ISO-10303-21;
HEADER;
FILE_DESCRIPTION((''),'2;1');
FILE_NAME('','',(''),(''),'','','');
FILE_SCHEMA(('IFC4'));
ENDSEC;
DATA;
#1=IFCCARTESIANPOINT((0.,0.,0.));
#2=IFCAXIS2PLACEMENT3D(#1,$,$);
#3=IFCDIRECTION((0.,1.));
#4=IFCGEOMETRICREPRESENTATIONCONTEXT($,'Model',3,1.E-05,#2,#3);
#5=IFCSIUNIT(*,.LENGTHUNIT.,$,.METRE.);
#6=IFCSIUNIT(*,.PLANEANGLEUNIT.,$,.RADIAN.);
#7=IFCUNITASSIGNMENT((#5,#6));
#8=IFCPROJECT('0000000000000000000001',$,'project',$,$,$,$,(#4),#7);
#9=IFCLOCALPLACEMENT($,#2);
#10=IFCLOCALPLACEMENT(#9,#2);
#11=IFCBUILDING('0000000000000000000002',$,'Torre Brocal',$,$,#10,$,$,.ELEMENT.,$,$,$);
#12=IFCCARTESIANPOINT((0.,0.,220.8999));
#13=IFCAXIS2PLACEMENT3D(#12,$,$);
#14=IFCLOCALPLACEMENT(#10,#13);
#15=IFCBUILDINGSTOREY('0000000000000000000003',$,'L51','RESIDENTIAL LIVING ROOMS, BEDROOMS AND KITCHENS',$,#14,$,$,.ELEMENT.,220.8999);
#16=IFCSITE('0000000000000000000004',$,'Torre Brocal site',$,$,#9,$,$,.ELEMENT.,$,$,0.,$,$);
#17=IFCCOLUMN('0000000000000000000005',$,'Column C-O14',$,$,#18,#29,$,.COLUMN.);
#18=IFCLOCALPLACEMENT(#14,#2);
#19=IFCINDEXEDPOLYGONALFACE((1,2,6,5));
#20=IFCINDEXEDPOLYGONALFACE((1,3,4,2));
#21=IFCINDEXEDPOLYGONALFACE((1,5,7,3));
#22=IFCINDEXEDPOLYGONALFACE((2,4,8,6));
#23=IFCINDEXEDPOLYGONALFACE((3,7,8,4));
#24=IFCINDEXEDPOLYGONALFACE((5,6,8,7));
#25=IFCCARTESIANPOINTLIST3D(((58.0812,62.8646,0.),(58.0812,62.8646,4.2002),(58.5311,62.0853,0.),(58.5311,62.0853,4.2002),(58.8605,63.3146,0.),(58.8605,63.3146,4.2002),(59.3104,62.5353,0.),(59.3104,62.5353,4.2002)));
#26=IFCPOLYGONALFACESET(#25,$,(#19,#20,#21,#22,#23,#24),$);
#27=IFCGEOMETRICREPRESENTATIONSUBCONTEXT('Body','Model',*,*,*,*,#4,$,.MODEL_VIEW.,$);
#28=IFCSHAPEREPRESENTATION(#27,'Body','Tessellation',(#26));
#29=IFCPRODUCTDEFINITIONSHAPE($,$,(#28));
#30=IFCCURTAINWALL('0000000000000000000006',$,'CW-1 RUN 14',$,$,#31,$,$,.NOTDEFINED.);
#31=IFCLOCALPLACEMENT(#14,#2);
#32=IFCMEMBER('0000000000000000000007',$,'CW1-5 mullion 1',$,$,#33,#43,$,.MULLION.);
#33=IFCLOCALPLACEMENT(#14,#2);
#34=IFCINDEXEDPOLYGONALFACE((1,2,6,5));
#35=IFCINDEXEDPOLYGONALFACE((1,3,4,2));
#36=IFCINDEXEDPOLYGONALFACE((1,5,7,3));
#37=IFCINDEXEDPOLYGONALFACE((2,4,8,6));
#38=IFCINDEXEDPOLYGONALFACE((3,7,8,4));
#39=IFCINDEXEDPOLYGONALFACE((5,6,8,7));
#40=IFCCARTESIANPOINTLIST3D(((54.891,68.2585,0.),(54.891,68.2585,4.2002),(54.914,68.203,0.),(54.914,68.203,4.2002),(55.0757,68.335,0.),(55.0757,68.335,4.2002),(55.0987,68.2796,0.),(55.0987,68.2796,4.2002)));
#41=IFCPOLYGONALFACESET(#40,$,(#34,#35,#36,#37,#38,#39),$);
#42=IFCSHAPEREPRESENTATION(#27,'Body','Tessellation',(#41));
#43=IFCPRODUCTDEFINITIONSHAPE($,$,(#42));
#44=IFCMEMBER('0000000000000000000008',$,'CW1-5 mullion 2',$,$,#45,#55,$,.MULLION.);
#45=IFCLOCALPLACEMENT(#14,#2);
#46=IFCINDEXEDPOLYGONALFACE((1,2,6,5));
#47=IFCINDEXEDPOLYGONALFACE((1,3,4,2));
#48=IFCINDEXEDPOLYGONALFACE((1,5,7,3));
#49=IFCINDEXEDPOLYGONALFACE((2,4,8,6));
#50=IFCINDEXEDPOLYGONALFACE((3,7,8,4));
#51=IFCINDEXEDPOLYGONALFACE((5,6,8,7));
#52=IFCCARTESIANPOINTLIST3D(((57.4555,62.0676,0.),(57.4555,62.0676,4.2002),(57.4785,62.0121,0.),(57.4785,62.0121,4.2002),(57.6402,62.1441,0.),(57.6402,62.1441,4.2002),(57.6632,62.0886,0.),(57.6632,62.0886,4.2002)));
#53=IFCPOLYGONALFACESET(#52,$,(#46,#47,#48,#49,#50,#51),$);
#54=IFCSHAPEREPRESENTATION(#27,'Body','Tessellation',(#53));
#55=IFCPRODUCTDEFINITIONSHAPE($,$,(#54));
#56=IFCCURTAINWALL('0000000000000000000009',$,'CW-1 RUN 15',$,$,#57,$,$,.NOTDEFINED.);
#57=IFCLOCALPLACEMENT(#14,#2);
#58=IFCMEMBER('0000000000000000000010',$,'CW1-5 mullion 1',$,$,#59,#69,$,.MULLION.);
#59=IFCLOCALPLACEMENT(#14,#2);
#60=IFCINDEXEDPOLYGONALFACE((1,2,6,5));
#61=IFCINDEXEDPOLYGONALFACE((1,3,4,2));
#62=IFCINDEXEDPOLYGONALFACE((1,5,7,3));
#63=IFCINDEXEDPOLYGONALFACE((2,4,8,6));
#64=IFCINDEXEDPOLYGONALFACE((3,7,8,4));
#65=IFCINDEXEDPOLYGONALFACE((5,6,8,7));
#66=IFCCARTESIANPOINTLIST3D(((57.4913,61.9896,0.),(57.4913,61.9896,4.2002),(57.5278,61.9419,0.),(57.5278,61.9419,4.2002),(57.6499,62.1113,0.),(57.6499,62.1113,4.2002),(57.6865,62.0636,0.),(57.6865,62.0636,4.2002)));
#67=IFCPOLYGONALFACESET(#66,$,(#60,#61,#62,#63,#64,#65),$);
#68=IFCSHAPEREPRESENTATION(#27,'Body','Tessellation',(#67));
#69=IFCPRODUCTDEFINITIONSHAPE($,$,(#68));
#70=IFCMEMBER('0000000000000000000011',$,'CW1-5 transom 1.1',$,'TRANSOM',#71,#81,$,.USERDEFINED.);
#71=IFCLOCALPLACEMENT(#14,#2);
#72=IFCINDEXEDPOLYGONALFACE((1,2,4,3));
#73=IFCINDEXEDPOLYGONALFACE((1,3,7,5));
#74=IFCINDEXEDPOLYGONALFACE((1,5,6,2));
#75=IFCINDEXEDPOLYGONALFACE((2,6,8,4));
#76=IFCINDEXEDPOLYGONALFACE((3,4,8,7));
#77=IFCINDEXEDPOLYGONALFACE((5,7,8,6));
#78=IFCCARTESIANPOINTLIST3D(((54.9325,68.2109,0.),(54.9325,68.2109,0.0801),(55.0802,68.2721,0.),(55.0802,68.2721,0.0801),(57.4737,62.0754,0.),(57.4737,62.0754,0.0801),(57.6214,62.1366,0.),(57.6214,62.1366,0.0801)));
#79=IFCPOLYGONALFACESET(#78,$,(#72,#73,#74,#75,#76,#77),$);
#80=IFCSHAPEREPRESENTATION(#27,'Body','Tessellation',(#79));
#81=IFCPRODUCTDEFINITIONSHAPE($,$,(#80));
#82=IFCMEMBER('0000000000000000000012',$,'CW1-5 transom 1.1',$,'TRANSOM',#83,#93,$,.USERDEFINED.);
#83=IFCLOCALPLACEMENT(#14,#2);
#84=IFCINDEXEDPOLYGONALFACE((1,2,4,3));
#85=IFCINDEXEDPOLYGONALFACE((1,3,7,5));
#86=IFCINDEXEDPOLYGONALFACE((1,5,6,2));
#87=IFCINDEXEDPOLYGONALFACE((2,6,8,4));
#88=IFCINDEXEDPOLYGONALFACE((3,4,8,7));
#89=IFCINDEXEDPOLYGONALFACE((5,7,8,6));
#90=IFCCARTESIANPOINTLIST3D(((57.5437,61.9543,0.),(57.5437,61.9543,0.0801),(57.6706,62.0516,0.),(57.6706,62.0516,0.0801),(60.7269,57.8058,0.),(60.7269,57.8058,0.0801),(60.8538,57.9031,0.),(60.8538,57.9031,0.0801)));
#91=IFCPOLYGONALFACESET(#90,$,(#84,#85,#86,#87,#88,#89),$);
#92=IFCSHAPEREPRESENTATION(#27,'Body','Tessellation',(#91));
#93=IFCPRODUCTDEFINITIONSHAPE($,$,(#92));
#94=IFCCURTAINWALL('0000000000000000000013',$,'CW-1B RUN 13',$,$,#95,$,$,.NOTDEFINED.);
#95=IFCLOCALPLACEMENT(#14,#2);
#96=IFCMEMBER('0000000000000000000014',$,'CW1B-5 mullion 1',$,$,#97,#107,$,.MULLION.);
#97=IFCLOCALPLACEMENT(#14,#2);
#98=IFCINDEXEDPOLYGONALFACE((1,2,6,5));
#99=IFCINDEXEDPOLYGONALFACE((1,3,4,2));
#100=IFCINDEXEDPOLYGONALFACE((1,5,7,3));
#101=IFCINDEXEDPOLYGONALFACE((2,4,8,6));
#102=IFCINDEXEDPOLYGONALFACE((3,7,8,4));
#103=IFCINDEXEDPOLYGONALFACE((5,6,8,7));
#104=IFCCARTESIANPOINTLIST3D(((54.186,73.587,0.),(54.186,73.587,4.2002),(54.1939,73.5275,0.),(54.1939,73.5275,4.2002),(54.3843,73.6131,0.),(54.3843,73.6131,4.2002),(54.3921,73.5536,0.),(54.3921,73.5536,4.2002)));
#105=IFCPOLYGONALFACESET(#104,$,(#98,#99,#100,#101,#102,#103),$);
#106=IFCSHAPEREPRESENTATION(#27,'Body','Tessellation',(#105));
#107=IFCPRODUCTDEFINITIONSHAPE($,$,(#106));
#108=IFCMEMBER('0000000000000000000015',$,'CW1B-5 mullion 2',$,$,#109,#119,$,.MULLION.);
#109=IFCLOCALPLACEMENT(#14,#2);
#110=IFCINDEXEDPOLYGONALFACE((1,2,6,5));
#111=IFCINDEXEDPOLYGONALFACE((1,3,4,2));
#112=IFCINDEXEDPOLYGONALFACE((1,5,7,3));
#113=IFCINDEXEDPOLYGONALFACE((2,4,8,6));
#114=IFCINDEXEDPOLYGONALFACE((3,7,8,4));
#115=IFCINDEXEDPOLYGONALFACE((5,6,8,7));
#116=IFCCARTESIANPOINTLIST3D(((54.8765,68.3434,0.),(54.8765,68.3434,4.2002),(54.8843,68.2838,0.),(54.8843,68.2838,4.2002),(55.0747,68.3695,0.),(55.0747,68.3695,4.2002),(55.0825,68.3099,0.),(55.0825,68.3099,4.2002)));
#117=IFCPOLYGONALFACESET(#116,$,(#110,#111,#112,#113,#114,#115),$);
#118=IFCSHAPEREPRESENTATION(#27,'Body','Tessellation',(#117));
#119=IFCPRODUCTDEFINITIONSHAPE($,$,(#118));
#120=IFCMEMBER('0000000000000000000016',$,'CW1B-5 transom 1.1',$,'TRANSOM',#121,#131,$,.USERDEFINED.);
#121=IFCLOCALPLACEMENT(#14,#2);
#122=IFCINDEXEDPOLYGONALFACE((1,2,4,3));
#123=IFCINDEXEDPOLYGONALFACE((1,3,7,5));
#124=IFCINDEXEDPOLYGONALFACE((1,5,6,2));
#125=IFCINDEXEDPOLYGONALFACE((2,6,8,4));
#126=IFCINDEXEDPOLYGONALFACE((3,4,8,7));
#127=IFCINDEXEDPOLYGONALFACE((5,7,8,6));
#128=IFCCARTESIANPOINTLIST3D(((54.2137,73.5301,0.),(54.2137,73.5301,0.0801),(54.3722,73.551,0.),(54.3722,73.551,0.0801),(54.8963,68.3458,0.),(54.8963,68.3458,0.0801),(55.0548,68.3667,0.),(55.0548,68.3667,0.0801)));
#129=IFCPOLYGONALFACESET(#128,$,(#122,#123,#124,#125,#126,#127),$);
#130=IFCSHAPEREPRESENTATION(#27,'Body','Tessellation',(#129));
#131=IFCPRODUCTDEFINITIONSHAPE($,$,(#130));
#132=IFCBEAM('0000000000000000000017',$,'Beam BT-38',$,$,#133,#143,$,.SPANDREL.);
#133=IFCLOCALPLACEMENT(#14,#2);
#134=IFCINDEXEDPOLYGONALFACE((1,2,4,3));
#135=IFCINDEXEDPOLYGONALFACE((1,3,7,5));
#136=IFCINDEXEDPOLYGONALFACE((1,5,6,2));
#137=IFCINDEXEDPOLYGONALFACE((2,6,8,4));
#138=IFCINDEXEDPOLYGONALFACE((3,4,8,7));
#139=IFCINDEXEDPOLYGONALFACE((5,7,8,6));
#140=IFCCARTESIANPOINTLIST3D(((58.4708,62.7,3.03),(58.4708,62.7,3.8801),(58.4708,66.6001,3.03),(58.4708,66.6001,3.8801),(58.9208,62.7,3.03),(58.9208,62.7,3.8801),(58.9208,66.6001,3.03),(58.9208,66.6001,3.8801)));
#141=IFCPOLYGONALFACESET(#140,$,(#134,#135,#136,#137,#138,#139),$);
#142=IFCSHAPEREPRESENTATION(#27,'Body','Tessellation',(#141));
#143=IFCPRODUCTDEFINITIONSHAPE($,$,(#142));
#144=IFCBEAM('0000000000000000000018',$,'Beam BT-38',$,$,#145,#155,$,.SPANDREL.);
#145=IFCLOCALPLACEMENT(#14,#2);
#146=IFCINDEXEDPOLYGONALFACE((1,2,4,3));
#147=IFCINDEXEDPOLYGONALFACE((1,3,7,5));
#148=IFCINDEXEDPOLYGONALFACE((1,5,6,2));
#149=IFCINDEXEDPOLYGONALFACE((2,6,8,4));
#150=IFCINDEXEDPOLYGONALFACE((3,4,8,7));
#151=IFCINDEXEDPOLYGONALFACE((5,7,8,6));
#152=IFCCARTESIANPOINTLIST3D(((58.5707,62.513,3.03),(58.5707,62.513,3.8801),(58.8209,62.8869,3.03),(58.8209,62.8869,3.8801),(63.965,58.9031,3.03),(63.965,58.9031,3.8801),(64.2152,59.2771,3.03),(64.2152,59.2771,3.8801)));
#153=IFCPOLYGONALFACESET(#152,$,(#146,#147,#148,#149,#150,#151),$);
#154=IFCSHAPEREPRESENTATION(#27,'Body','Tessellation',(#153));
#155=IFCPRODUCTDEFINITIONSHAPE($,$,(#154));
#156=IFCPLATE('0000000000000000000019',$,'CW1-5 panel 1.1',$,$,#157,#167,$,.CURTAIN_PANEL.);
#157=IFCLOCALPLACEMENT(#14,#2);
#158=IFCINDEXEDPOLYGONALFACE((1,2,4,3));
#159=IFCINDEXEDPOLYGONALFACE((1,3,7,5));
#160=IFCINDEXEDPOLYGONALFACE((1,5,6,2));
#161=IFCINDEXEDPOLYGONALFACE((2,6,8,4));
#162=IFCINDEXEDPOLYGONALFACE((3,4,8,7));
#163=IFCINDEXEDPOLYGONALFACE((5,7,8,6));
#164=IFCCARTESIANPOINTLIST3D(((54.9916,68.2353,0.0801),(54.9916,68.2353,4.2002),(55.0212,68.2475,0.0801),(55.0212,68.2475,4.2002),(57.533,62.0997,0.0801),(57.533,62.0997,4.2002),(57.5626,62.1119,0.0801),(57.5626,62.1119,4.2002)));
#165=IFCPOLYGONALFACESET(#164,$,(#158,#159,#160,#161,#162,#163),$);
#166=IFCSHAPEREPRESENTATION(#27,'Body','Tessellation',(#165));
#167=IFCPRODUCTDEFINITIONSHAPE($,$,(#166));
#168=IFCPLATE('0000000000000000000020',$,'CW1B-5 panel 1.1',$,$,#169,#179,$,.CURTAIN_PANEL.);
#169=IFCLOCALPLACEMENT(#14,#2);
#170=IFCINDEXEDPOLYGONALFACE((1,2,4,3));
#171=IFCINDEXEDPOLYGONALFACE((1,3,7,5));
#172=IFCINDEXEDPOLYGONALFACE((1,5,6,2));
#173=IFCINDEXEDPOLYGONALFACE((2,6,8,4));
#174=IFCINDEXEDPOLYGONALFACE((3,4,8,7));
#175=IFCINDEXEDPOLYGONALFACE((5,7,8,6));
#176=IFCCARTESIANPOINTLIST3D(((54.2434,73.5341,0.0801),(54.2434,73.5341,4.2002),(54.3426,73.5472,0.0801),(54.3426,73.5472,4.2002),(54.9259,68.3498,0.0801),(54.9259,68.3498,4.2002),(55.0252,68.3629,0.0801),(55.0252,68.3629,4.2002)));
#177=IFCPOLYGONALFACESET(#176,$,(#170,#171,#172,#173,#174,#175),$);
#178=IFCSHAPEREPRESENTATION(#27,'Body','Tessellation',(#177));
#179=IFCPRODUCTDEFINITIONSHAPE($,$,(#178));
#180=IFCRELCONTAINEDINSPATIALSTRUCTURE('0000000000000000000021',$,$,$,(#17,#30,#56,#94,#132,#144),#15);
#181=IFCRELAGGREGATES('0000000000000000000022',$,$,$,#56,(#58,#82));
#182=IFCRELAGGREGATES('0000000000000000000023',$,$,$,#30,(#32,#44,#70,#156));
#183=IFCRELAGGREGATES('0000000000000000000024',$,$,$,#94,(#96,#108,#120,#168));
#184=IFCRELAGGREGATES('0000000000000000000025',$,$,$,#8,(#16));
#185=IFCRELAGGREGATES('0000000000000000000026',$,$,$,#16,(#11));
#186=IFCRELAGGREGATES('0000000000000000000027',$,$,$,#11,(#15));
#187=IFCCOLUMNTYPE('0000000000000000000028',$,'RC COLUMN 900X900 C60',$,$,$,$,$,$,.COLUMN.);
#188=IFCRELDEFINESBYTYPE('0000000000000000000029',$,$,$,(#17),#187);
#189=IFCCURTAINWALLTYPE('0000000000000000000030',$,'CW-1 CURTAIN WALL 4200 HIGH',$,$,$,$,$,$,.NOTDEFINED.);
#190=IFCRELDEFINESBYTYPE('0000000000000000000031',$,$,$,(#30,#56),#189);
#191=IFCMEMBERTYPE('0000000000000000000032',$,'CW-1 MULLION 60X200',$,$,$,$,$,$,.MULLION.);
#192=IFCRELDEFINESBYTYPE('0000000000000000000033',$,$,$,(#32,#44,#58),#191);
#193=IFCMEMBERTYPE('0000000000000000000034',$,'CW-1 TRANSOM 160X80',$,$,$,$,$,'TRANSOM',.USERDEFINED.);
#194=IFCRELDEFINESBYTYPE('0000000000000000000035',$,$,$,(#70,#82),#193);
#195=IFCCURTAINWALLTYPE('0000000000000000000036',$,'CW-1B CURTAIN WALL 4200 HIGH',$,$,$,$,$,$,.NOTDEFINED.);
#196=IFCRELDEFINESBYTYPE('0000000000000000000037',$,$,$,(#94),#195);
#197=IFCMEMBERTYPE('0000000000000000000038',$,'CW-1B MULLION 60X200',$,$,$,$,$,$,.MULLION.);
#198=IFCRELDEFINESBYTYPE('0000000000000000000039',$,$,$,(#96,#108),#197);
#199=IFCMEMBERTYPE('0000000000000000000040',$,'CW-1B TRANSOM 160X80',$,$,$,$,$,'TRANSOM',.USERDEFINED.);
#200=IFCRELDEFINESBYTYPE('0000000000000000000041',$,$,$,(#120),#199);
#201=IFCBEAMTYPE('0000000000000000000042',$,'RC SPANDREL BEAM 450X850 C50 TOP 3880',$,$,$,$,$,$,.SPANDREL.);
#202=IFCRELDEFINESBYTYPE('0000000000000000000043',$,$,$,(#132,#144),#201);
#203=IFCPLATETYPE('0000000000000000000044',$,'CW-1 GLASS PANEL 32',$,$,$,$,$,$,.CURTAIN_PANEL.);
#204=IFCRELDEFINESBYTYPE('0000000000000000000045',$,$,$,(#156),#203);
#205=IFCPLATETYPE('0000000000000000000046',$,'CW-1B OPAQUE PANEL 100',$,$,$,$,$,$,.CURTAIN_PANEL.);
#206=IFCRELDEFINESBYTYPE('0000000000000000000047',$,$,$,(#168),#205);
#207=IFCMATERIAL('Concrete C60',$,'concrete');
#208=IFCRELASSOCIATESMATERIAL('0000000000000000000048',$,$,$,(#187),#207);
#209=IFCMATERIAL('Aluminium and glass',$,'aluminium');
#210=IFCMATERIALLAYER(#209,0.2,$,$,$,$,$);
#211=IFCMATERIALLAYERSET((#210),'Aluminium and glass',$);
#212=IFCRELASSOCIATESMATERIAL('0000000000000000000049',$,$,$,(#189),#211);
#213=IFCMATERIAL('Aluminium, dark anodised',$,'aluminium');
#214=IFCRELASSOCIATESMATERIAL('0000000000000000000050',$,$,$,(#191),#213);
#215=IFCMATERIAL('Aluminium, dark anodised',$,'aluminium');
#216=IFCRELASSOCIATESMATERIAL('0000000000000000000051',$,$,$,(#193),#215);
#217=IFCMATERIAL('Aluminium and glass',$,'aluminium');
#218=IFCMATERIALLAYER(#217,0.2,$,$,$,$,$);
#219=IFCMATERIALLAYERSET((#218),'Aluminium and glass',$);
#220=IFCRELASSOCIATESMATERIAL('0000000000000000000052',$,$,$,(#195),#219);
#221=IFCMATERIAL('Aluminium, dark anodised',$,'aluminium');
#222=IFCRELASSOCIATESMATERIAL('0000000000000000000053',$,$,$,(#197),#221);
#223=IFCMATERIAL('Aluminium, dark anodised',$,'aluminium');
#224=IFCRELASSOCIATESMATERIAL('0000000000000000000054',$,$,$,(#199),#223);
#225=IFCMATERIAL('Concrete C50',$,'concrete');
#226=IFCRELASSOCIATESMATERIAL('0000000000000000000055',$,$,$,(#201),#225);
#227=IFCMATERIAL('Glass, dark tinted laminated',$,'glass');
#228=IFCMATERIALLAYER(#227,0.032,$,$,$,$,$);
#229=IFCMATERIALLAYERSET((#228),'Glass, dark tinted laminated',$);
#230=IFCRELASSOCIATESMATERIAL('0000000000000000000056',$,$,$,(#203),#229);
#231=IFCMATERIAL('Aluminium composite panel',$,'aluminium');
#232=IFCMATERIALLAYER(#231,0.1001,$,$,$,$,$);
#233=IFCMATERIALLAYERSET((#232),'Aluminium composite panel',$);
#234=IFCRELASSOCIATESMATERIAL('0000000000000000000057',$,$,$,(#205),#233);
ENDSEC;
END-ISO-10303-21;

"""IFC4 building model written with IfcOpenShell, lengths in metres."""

from ifc_helpers import new_model, si_unit, direction, frame, origin, origin_2d, place, context, subcontext, project, spatial, rectangle, extrude, material, layer, layer_set, material_profile, profile_set, type_object, element, aggregate, save


model = new_model("IFC4")

# Units and contexts
model_context = context("Model", 3, precision=1e-05, world=origin(), true_north=direction((0.0, 1.0)))
body_context = subcontext(model_context, "Body", "Model", "MODEL_VIEW")
ifc_project = project(units=[si_unit("LENGTHUNIT", "METRE"), si_unit("PLANEANGLEUNIT", "RADIAN")], contexts=[model_context])

# Site, building, storey
site_placement = place(None, origin())
site = spatial("IfcSite", under=ifc_project, at=site_placement, Name="Torre Brocal site", CompositionType="ELEMENT", RefElevation=0.0)
building_placement = place(site_placement, origin())
building = spatial("IfcBuilding", under=site, at=building_placement, Name="Torre Brocal", CompositionType="ELEMENT")
storey_placement = place(building_placement, frame((0.0, 0.0, 220.8999)))
storey = spatial("IfcBuildingStorey", under=building, at=storey_placement, Name="L51", Description="RESIDENTIAL LIVING ROOMS, BEDROOMS AND KITCHENS", CompositionType="ELEMENT", Elevation=220.8999)

# Column
ifc_material_1 = material(Name="Concrete C60", Category="concrete")
ifc_material_profile_1 = material_profile(ifc_material_1, rectangle(XDim=0.8999, YDim=0.8999, at=origin_2d()), Name="RC 900X900")
ifc_profile_set_1 = profile_set([ifc_material_profile_1], Name="Concrete C60")
column_type = type_object("IfcColumnType", Name="RC COLUMN 900X900 C60", PredefinedType="COLUMN", material=ifc_profile_set_1)
column_placement = place(storey_placement, frame((58.6958, 62.7, 0.0), z_axis=(0.0, 0.0, 1.0), x_axis=(-0.866025, -0.5, 0.0)))
element("IfcColumn", 1, at=column_placement, inside=storey, type_object=column_type, Name="Column C-O14", PredefinedType="COLUMN", context=body_context, shape_type="SweptSolid", body=[
    extrude(rectangle(XDim=0.8999, YDim=0.8999, at=origin_2d()), origin(), (0.0, 0.0, 1.0), 4.2002),
])

# Curtain wall, members
ifc_material_2 = material(Name="Aluminium and glass", Category="aluminium")
ifc_layer_1 = layer(ifc_material_2, 0.2)
ifc_layer_set_1 = layer_set([ifc_layer_1], Name="Aluminium and glass")
curtain_wall_type_1 = type_object("IfcCurtainWallType", Name="CW-1 CURTAIN WALL 4200 HIGH", PredefinedType="NOTDEFINED", material=ifc_layer_set_1)
curtain_wall_1_placement = place(storey_placement, origin())
curtain_wall_1 = element("IfcCurtainWall", 2, at=curtain_wall_1_placement, inside=storey, type_object=curtain_wall_type_1, Name="CW-1 RUN 14", PredefinedType="NOTDEFINED")
ifc_material_3 = material(Name="Aluminium, dark anodised", Category="aluminium")
ifc_material_profile_2 = material_profile(ifc_material_3, rectangle(XDim=0.2, YDim=0.0601, at=origin_2d()), Name="CW-1 MULLION 60X200")
ifc_profile_set_2 = profile_set([ifc_material_profile_2], Name="Aluminium, dark anodised")
member_type_1 = type_object("IfcMemberType", Name="CW-1 MULLION 60X200", PredefinedType="MULLION", material=ifc_profile_set_2)
member_1_placement = place(storey_placement, frame((54.9949, 68.269, 0.0), z_axis=(0.0, 0.0, 1.0), x_axis=(0.92388, 0.382683, 0.0)))
member_1 = element("IfcMember", 3, at=member_1_placement, type_object=member_type_1, Name="CW1-5 mullion 1", PredefinedType="MULLION", context=body_context, shape_type="SweptSolid", body=[
    extrude(rectangle(XDim=0.2, YDim=0.0601, at=origin_2d()), origin(), (0.0, 0.0, 1.0), 4.2002),
])
member_2_placement = place(storey_placement, frame((57.5593, 62.0781, 0.0), z_axis=(0.0, 0.0, 1.0), x_axis=(0.92388, 0.382683, 0.0)))
member_2 = element("IfcMember", 4, at=member_2_placement, type_object=member_type_1, Name="CW1-5 mullion 2", PredefinedType="MULLION", context=body_context, shape_type="SweptSolid", body=[
    extrude(rectangle(XDim=0.2, YDim=0.0601, at=origin_2d()), origin(), (0.0, 0.0, 1.0), 4.2002),
])

# Curtain wall, member
curtain_wall_2_placement = place(storey_placement, origin())
curtain_wall_2 = element("IfcCurtainWall", 5, at=curtain_wall_2_placement, inside=storey, type_object=curtain_wall_type_1, Name="CW-1 RUN 15", PredefinedType="NOTDEFINED")
member_3_placement = place(storey_placement, frame((57.5889, 62.0266, 0.0), z_axis=(0.0, 0.0, 1.0), x_axis=(0.793353, 0.608761, 0.0)))
member_3 = element("IfcMember", 6, at=member_3_placement, type_object=member_type_1, Name="CW1-5 mullion 1", PredefinedType="MULLION", context=body_context, shape_type="SweptSolid", body=[
    extrude(rectangle(XDim=0.2, YDim=0.0601, at=origin_2d()), origin(), (0.0, 0.0, 1.0), 4.2002),
])

# Members
ifc_material_4 = material(Name="Aluminium, dark anodised", Category="aluminium")
ifc_material_profile_3 = material_profile(ifc_material_4, rectangle(XDim=0.1599, YDim=0.0801, at=origin_2d()), Name="CW-1 TRANSOM 160X80")
ifc_profile_set_3 = profile_set([ifc_material_profile_3], Name="Aluminium, dark anodised")
member_type_2 = type_object("IfcMemberType", Name="CW-1 TRANSOM 160X80", ElementType="TRANSOM", PredefinedType="USERDEFINED", material=ifc_profile_set_3)
member_4_placement = place(storey_placement, frame((55.0063, 68.2415, 0.04), z_axis=(0.382665, -0.923887, 0.0), x_axis=(0.923887, 0.382665, 0.0)))
member_4 = element("IfcMember", 7, at=member_4_placement, type_object=member_type_2, Name="CW1-5 transom 1.1", ObjectType="TRANSOM", PredefinedType="USERDEFINED", context=body_context, shape_type="SweptSolid", body=[
    extrude(rectangle(XDim=0.1599, YDim=0.0801, at=origin_2d()), origin(), (0.0, 0.0, 1.0), 6.6409),
])
member_5_placement = place(storey_placement, frame((57.6072, 62.0029, 0.04), z_axis=(0.608749, -0.793363, 0.0), x_axis=(0.793363, 0.608749, 0.0)))
member_5 = element("IfcMember", 8, at=member_5_placement, type_object=member_type_2, Name="CW1-5 transom 1.1", ObjectType="TRANSOM", PredefinedType="USERDEFINED", context=body_context, shape_type="SweptSolid", body=[
    extrude(rectangle(XDim=0.1599, YDim=0.0801, at=origin_2d()), origin(), (0.0, 0.0, 1.0), 5.229),
])
aggregate(curtain_wall_2, [member_3, member_5])

# Curtain wall, members
ifc_material_5 = material(Name="Aluminium and glass", Category="aluminium")
ifc_layer_2 = layer(ifc_material_5, 0.2)
ifc_layer_set_2 = layer_set([ifc_layer_2], Name="Aluminium and glass")
curtain_wall_type_2 = type_object("IfcCurtainWallType", Name="CW-1B CURTAIN WALL 4200 HIGH", PredefinedType="NOTDEFINED", material=ifc_layer_set_2)
curtain_wall_3_placement = place(storey_placement, origin())
curtain_wall_3 = element("IfcCurtainWall", 9, at=curtain_wall_3_placement, inside=storey, type_object=curtain_wall_type_2, Name="CW-1B RUN 13", PredefinedType="NOTDEFINED")
ifc_material_6 = material(Name="Aluminium, dark anodised", Category="aluminium")
ifc_material_profile_4 = material_profile(ifc_material_6, rectangle(XDim=0.2, YDim=0.0601, at=origin_2d()), Name="CW-1B MULLION 60X200")
ifc_profile_set_4 = profile_set([ifc_material_profile_4], Name="Aluminium, dark anodised")
member_type_3 = type_object("IfcMemberType", Name="CW-1B MULLION 60X200", PredefinedType="MULLION", material=ifc_profile_set_4)
member_6_placement = place(storey_placement, frame((54.2891, 73.5703, 0.0), z_axis=(0.0, 0.0, 1.0), x_axis=(0.991445, 0.130526, 0.0)))
member_6 = element("IfcMember", 10, at=member_6_placement, type_object=member_type_3, Name="CW1B-5 mullion 1", PredefinedType="MULLION", context=body_context, shape_type="SweptSolid", body=[
    extrude(rectangle(XDim=0.2, YDim=0.0601, at=origin_2d()), origin(), (0.0, 0.0, 1.0), 4.2002),
])
member_7_placement = place(storey_placement, frame((54.9795, 68.3267, 0.0), z_axis=(0.0, 0.0, 1.0), x_axis=(0.991445, 0.130526, 0.0)))
member_7 = element("IfcMember", 11, at=member_7_placement, type_object=member_type_3, Name="CW1B-5 mullion 2", PredefinedType="MULLION", context=body_context, shape_type="SweptSolid", body=[
    extrude(rectangle(XDim=0.2, YDim=0.0601, at=origin_2d()), origin(), (0.0, 0.0, 1.0), 4.2002),
])
ifc_material_7 = material(Name="Aluminium, dark anodised", Category="aluminium")
ifc_material_profile_5 = material_profile(ifc_material_7, rectangle(XDim=0.1599, YDim=0.0801, at=origin_2d()), Name="CW-1B TRANSOM 160X80")
ifc_profile_set_5 = profile_set([ifc_material_profile_5], Name="Aluminium, dark anodised")
member_type_4 = type_object("IfcMemberType", Name="CW-1B TRANSOM 160X80", ElementType="TRANSOM", PredefinedType="USERDEFINED", material=ifc_profile_set_5)
member_8_placement = place(storey_placement, frame((54.293, 73.5405, 0.04), z_axis=(0.130543, -0.991443, 0.0), x_axis=(0.991443, 0.130543, 0.0)))
member_8 = element("IfcMember", 12, at=member_8_placement, type_object=member_type_4, Name="CW1B-5 transom 1.1", ObjectType="TRANSOM", PredefinedType="USERDEFINED", context=body_context, shape_type="SweptSolid", body=[
    extrude(rectangle(XDim=0.1599, YDim=0.0801, at=origin_2d()), origin(), (0.0, 0.0, 1.0), 5.229),
])

# Beams
ifc_material_8 = material(Name="Concrete C50", Category="concrete")
ifc_material_profile_6 = material_profile(ifc_material_8, rectangle(XDim=0.45, YDim=0.8501, at=origin_2d()), Name="RC 450X850")
ifc_profile_set_6 = profile_set([ifc_material_profile_6], Name="Concrete C50")
beam_type = type_object("IfcBeamType", Name="RC SPANDREL BEAM 450X850 C50 TOP 3880", PredefinedType="SPANDREL", material=ifc_profile_set_6)
beam_1_placement = place(storey_placement, frame((58.6958, 62.7, 3.4551), z_axis=(0.0, 1.0, 0.0), x_axis=(-1.0, 0.0, 0.0)))
element("IfcBeam", 13, at=beam_1_placement, inside=storey, type_object=beam_type, Name="Beam BT-38", PredefinedType="SPANDREL", context=body_context, shape_type="SweptSolid", body=[
    extrude(rectangle(XDim=0.45, YDim=0.8501, at=origin_2d()), origin(), (0.0, 0.0, 1.0), 3.9001),
])
beam_2_placement = place(storey_placement, frame((58.6958, 62.7, 3.4551), z_axis=(0.831077, -0.556158, 0.0), x_axis=(0.556158, 0.831077, 0.0)))
element("IfcBeam", 14, at=beam_2_placement, inside=storey, type_object=beam_type, Name="Beam BT-38", PredefinedType="SPANDREL", context=body_context, shape_type="SweptSolid", body=[
    extrude(rectangle(XDim=0.45, YDim=0.8501, at=origin_2d()), origin(), (0.0, 0.0, 1.0), 6.4907),
])

# Plates
ifc_material_9 = material(Name="Glass, dark tinted laminated", Category="glass")
ifc_layer_3 = layer(ifc_material_9, 0.032)
ifc_layer_set_3 = layer_set([ifc_layer_3], Name="Glass, dark tinted laminated")
plate_type_1 = type_object("IfcPlateType", Name="CW-1 GLASS PANEL 32", PredefinedType="CURTAIN_PANEL", material=ifc_layer_set_3)
plate_1_placement = place(storey_placement, frame((56.2771, 65.1736, 0.0801), z_axis=(0.0, 0.0, 1.0), x_axis=(0.382683, -0.92388, 0.0)))
plate_1 = element("IfcPlate", 15, at=plate_1_placement, type_object=plate_type_1, Name="CW1-5 panel 1.1", PredefinedType="CURTAIN_PANEL", context=body_context, shape_type="SweptSolid", body=[
    extrude(rectangle(XDim=6.6411, YDim=0.032, at=origin_2d()), origin(), (0.0, 0.0, 1.0), 4.1201),
])
aggregate(curtain_wall_1, [member_1, member_2, member_4, plate_1])
ifc_material_10 = material(Name="Aluminium composite panel", Category="aluminium")
ifc_layer_4 = layer(ifc_material_10, 0.1001)
ifc_layer_set_4 = layer_set([ifc_layer_4], Name="Aluminium composite panel")
plate_type_2 = type_object("IfcPlateType", Name="CW-1B OPAQUE PANEL 100", PredefinedType="CURTAIN_PANEL", material=ifc_layer_set_4)
plate_2_placement = place(storey_placement, frame((54.6343, 70.9485, 0.0801), z_axis=(0.0, 0.0, 1.0), x_axis=(0.130526, -0.991445, 0.0)))
plate_2 = element("IfcPlate", 16, at=plate_2_placement, type_object=plate_type_2, Name="CW1B-5 panel 1.1", PredefinedType="CURTAIN_PANEL", context=body_context, shape_type="SweptSolid", body=[
    extrude(rectangle(XDim=5.229, YDim=0.1001, at=origin_2d()), origin(), (0.0, 0.0, 1.0), 4.1201),
])
aggregate(curtain_wall_3, [member_6, member_7, member_8, plate_2])

save(model, "model.ifc")
